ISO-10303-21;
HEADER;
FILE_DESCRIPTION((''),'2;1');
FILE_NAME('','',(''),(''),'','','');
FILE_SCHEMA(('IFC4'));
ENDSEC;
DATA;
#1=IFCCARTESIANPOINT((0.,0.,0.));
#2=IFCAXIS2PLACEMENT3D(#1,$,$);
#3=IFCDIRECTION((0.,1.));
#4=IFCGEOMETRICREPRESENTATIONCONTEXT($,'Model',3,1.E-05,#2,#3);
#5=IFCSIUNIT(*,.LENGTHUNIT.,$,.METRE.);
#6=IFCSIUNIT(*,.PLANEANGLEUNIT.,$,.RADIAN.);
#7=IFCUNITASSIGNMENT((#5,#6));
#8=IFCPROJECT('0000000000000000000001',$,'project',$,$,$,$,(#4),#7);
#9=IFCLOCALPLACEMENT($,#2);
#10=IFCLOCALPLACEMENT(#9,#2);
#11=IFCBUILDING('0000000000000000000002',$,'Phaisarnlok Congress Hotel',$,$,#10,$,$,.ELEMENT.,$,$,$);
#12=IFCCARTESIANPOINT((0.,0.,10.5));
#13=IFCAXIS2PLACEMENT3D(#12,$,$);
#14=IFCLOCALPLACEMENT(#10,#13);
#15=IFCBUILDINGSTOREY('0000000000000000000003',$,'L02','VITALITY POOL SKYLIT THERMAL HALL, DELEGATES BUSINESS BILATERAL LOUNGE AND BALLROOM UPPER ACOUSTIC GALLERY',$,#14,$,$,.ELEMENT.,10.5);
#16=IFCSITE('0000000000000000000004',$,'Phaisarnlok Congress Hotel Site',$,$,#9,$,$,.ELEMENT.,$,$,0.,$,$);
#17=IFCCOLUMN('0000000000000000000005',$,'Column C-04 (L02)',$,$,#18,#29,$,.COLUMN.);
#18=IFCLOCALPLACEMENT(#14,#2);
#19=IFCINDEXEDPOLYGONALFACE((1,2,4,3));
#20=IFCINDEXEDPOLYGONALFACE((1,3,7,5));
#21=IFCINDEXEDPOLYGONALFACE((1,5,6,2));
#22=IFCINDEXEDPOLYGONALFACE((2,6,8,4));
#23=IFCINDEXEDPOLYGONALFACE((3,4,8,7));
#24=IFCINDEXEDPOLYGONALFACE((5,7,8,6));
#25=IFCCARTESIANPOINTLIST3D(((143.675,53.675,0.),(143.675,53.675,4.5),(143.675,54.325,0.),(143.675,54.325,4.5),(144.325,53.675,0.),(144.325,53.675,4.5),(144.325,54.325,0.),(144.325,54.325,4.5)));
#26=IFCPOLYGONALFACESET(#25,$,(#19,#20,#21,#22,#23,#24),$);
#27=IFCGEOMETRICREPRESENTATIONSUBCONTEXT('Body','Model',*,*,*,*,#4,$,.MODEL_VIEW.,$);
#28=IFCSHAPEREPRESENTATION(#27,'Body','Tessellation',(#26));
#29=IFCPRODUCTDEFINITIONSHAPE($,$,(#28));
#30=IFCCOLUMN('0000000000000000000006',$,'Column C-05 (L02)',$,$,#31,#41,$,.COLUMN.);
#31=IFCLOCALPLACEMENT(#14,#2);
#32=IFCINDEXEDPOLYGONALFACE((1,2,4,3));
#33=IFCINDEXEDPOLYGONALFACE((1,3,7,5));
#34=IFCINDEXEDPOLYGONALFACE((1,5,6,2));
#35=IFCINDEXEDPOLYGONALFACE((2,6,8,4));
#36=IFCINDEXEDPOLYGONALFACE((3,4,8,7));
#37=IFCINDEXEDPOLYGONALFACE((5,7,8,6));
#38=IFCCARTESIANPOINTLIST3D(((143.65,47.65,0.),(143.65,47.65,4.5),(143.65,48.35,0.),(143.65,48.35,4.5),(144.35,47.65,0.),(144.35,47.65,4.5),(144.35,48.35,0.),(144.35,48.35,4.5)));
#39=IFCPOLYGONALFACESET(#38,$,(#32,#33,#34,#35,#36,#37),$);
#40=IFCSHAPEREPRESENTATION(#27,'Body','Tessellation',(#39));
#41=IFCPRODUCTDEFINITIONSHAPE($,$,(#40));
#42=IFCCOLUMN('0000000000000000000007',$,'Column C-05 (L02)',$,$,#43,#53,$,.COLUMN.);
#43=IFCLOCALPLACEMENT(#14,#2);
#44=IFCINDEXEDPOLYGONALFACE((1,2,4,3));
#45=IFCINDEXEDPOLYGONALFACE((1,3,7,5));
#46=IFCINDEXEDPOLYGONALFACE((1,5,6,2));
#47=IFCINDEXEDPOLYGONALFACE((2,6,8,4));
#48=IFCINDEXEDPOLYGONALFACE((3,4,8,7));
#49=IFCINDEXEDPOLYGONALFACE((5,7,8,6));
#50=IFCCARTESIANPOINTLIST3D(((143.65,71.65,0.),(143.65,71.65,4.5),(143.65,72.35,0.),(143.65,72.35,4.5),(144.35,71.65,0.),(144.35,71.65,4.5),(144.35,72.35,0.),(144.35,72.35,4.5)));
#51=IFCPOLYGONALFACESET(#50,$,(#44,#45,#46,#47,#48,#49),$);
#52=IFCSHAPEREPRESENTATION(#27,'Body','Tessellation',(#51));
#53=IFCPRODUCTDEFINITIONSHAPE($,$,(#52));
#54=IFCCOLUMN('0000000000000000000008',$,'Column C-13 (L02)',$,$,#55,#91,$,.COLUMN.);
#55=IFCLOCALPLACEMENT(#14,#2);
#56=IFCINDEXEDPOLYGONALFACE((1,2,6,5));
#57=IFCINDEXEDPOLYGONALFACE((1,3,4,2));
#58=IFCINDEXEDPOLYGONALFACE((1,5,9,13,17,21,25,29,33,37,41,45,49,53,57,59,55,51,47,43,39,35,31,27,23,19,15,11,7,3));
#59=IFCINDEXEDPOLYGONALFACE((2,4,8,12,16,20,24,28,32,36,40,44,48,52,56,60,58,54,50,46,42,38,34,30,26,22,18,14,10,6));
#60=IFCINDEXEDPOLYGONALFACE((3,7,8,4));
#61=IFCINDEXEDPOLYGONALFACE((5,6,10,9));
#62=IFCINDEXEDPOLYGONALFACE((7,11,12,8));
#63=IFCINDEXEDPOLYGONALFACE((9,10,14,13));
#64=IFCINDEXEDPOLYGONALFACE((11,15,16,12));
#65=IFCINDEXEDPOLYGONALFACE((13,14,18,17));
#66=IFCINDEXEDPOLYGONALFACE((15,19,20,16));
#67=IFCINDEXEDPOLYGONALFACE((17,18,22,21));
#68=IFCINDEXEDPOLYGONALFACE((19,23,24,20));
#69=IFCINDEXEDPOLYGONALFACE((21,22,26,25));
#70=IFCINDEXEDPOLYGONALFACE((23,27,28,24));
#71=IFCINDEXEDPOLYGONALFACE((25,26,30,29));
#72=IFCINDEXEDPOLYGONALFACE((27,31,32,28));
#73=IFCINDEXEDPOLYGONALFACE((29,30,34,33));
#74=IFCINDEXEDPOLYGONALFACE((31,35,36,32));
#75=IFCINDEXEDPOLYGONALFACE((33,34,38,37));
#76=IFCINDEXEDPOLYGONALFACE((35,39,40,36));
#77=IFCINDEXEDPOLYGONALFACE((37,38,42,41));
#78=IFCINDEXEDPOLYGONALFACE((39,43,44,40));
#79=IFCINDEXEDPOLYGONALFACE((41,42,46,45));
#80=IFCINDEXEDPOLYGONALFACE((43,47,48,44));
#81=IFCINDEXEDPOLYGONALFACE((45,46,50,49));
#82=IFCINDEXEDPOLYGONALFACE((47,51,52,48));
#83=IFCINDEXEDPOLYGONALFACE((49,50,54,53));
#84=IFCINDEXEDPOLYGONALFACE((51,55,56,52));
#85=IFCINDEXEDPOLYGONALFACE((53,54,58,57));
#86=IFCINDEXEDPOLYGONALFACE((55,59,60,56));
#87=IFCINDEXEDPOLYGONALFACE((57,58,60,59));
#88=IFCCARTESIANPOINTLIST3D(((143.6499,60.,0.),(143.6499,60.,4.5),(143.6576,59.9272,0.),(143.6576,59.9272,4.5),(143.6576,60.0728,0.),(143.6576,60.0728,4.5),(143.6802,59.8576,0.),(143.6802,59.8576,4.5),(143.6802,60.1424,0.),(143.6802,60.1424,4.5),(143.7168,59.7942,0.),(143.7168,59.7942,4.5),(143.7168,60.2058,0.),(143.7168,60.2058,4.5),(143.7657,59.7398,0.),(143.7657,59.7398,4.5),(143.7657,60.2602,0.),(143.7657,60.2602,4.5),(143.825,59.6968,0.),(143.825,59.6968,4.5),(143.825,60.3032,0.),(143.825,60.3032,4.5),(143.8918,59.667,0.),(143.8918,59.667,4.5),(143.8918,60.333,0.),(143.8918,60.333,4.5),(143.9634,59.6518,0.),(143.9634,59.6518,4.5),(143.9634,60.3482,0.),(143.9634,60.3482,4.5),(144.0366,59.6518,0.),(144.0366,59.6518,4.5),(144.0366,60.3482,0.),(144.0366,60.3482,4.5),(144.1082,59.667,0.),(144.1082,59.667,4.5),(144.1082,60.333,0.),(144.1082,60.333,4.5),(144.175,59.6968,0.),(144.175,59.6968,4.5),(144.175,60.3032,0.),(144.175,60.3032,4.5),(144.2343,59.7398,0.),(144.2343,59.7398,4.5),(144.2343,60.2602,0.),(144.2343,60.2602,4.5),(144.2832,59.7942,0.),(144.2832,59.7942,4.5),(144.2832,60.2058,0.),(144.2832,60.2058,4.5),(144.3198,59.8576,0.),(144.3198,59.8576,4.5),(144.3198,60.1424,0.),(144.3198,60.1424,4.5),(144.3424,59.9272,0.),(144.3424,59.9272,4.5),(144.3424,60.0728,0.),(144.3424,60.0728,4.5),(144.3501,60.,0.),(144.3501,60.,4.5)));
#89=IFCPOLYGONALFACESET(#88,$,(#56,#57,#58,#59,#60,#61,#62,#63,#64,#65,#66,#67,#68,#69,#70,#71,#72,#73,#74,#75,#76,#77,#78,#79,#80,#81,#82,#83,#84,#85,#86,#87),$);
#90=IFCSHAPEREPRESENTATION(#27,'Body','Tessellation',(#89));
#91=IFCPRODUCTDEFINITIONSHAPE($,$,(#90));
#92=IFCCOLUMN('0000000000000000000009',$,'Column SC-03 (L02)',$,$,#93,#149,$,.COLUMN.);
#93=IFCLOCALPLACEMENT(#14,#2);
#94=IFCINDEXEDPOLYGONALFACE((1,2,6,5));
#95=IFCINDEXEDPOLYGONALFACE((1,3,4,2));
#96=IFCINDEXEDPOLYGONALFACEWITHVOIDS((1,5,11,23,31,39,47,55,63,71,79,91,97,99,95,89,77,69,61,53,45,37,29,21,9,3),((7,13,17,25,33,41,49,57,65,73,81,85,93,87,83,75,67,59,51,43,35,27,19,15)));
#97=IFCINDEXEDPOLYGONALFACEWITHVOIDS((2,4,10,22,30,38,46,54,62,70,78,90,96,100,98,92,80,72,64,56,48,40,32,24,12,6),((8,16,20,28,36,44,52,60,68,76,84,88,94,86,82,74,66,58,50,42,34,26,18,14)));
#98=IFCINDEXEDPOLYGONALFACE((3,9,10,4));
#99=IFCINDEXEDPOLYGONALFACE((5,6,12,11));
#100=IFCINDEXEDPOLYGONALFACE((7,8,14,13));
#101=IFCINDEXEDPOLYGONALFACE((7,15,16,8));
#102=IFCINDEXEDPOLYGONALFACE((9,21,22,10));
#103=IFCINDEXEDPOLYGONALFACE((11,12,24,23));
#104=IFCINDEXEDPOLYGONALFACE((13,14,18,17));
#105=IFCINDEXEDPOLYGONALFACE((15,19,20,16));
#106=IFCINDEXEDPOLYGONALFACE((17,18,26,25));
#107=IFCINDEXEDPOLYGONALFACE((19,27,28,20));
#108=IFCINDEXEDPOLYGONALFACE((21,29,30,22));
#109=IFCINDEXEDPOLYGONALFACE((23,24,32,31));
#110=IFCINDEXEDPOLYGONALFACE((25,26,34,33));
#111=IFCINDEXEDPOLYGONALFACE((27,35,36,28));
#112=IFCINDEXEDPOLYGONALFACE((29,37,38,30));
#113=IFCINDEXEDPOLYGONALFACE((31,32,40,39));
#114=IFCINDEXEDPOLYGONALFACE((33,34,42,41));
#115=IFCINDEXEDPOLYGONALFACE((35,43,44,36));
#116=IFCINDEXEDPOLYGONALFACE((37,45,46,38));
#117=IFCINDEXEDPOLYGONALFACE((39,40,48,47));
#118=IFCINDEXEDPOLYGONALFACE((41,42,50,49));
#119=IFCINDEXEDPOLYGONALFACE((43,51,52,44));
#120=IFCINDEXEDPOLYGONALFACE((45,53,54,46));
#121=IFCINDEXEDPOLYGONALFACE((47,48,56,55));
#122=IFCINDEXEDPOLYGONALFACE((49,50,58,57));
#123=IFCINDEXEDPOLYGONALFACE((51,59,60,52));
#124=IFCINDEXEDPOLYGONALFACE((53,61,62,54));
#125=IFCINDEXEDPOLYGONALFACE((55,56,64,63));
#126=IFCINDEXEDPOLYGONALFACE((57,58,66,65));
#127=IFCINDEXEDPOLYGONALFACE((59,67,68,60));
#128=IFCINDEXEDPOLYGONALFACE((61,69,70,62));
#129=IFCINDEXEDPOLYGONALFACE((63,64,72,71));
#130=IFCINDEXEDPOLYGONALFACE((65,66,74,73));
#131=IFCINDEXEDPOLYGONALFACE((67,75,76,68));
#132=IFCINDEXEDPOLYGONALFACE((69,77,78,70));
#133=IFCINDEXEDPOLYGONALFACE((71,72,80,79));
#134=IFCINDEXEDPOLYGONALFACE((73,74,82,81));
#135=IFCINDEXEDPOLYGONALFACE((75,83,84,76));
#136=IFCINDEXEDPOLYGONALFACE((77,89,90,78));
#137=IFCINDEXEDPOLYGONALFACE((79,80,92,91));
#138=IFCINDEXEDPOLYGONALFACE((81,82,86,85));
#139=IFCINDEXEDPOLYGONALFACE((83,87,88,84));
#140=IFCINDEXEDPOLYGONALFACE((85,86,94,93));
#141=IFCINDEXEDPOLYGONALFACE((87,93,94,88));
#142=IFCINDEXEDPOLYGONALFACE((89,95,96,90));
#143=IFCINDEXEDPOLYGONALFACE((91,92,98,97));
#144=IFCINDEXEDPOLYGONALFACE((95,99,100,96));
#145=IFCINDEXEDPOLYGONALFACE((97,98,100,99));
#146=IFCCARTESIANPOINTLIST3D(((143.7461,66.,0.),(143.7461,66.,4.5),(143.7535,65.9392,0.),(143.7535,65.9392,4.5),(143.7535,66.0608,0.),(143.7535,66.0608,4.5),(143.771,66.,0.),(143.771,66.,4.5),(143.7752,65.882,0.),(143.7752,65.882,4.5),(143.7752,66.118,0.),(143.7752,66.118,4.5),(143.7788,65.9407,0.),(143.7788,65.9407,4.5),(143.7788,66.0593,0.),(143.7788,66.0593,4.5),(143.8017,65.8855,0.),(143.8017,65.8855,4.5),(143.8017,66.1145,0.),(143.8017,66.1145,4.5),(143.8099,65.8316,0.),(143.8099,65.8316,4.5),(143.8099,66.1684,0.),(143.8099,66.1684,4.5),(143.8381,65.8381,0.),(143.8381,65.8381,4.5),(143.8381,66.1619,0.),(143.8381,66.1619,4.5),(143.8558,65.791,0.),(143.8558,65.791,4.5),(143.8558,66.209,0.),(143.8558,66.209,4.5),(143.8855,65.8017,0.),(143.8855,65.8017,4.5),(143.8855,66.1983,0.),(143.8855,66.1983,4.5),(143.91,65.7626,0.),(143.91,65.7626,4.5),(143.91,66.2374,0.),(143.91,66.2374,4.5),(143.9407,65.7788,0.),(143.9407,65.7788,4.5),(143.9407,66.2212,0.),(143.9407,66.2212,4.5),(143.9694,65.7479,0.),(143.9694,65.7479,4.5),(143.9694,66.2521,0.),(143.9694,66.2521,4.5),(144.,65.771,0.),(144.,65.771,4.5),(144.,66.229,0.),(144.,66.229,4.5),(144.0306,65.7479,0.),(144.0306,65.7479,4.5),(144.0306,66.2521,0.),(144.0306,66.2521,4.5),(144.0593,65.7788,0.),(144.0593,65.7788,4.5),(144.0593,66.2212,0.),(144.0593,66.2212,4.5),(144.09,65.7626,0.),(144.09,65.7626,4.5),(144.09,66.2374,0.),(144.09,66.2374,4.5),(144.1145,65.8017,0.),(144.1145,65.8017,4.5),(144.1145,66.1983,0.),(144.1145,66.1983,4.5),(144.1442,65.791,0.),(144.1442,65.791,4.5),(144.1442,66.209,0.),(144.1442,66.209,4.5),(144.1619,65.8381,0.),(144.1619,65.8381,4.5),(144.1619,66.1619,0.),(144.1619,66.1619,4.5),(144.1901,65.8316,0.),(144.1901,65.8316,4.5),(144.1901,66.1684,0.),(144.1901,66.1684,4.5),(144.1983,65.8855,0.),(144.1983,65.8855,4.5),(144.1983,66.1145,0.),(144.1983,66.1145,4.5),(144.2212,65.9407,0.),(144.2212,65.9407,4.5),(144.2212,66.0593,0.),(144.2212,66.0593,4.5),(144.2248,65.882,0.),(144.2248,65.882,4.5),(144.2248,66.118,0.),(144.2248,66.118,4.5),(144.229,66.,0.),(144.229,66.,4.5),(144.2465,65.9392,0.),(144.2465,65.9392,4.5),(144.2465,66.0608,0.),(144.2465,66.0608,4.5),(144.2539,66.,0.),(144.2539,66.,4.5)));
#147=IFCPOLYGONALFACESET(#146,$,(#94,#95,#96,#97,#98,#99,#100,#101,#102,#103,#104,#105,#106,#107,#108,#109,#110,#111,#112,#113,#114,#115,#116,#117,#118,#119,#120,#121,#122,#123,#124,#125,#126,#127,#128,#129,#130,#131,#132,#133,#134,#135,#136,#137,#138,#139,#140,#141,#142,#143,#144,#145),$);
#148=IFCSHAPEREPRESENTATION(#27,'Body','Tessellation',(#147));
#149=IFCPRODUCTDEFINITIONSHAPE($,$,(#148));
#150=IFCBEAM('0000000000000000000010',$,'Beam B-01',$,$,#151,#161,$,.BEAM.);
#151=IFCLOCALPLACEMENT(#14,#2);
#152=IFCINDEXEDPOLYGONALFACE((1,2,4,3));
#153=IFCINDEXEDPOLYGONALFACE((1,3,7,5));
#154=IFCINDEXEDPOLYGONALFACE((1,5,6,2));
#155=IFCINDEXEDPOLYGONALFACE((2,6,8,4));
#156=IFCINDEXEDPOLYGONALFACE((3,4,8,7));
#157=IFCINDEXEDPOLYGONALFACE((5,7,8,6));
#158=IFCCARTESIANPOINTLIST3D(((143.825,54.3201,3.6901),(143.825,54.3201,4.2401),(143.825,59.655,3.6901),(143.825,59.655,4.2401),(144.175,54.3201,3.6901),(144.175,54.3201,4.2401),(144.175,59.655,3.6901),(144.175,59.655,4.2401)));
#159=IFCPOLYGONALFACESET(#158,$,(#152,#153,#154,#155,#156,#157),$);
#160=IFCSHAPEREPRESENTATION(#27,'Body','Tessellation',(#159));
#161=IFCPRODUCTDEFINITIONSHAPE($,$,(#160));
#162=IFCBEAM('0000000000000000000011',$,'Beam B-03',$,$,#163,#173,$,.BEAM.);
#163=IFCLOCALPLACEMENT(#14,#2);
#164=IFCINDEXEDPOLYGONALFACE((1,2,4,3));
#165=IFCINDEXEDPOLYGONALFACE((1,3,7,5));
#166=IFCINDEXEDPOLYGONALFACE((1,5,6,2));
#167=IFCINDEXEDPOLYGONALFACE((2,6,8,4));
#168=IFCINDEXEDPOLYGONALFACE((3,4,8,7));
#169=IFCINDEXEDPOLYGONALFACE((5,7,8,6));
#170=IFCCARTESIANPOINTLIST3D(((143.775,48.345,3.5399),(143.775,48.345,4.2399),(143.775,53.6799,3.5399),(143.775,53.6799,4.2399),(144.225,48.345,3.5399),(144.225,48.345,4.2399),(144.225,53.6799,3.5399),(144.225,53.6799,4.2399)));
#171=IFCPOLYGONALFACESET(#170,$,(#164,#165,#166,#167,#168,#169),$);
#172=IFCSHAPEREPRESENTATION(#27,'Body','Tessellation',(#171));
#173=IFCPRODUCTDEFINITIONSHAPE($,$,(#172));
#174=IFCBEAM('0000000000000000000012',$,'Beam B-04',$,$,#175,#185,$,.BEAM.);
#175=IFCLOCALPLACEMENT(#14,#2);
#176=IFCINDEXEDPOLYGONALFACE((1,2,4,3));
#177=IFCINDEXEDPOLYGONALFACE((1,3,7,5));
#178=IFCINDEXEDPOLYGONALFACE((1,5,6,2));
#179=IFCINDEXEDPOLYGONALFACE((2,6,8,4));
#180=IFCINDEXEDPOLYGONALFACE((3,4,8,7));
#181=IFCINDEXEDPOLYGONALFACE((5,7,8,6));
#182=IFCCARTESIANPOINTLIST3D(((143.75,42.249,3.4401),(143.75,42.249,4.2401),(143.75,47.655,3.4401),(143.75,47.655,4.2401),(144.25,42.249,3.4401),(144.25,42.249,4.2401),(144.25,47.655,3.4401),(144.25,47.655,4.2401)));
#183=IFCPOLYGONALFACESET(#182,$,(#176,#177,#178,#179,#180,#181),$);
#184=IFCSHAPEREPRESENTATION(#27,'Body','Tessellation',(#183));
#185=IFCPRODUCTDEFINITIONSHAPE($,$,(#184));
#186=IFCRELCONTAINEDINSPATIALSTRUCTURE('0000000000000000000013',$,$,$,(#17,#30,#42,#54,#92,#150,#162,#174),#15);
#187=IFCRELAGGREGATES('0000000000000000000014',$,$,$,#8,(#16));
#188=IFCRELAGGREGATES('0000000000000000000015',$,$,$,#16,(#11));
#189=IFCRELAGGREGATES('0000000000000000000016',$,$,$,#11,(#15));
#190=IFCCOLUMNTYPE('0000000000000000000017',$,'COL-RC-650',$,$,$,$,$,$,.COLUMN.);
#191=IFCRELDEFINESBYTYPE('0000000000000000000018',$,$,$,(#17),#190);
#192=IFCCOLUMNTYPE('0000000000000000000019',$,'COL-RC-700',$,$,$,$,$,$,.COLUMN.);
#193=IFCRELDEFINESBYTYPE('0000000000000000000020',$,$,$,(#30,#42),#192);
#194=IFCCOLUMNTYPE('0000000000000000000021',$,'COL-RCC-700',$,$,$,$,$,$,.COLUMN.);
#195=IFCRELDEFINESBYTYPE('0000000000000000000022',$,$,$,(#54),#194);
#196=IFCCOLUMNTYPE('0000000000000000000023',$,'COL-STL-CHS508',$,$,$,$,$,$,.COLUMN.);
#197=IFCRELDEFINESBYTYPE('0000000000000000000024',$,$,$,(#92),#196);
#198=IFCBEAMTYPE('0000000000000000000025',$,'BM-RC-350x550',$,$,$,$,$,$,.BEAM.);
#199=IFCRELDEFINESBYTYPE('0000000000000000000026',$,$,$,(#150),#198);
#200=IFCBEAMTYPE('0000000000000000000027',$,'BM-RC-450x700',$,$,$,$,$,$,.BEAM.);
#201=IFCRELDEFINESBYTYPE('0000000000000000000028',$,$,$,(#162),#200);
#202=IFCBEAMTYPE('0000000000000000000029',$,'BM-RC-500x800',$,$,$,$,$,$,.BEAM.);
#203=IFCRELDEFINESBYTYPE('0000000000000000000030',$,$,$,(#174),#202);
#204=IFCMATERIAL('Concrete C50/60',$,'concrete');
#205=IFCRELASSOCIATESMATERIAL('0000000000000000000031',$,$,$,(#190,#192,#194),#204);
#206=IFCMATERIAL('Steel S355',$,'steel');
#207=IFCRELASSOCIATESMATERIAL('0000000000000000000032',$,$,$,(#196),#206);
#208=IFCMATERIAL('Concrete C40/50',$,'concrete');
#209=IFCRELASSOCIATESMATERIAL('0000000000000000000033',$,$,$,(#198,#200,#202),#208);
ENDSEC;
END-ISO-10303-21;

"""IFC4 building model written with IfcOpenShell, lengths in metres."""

from ifc_helpers import new_model, si_unit, direction, frame, origin, origin_2d, place, context, subcontext, project, spatial, rectangle, circle, hollow_circle, extrude, material, material_profile, profile_set, type_object, element, save


model = new_model("IFC4")

# Units and contexts
model_context = context("Model", 3, precision=1e-05, world=origin(), true_north=direction((0.0, 1.0)))
body_context = subcontext(model_context, "Body", "Model", "MODEL_VIEW")
ifc_project = project(units=[si_unit("LENGTHUNIT", "METRE"), si_unit("PLANEANGLEUNIT", "RADIAN")], contexts=[model_context])

# Site, building, storey
site_placement = place(None, origin())
site = spatial("IfcSite", under=ifc_project, at=site_placement, Name="Phaisarnlok Congress Hotel Site", CompositionType="ELEMENT", RefElevation=0.0)
building_placement = place(site_placement, origin())
building = spatial("IfcBuilding", under=site, at=building_placement, Name="Phaisarnlok Congress Hotel", CompositionType="ELEMENT")
storey_placement = place(building_placement, frame((0.0, 0.0, 10.5)))
storey = spatial("IfcBuildingStorey", under=building, at=storey_placement, Name="L02", Description="VITALITY POOL SKYLIT THERMAL HALL, DELEGATES BUSINESS BILATERAL LOUNGE AND BALLROOM UPPER ACOUSTIC GALLERY", CompositionType="ELEMENT", Elevation=10.5)

# Columns
ifc_material_1 = material(Name="Concrete C50/60", Category="concrete")
ifc_material_profile_1 = material_profile(ifc_material_1, rectangle(XDim=0.6499, YDim=0.6499, at=origin_2d()), Name="RC 650x650")
ifc_profile_set_1 = profile_set([ifc_material_profile_1], Name="Concrete C50/60")
column_type_1 = type_object("IfcColumnType", Name="COL-RC-650", PredefinedType="COLUMN", material=ifc_profile_set_1)
column_1_placement = place(storey_placement, frame((144.0, 54.0, 0.0), z_axis=(0.0, 0.0, 1.0), x_axis=(1.0, 0.0, 0.0)))
element("IfcColumn", 1, at=column_1_placement, inside=storey, type_object=column_type_1, Name="Column C-04 (L02)", PredefinedType="COLUMN", context=body_context, shape_type="SweptSolid", body=[
    extrude(rectangle(XDim=0.6499, YDim=0.6499, at=origin_2d()), origin(), (0.0, 0.0, 1.0), 4.5),
])
ifc_material_profile_2 = material_profile(ifc_material_1, rectangle(XDim=0.7, YDim=0.7, at=origin_2d()), Name="RC 700x700")
ifc_profile_set_2 = profile_set([ifc_material_profile_2], Name="Concrete C50/60")
column_type_2 = type_object("IfcColumnType", Name="COL-RC-700", PredefinedType="COLUMN", material=ifc_profile_set_2)
for number, where, z_axis, x_axis, name in (
    (2, (144.0, 48.0, 0.0), (0.0, 0.0, 1.0), (1.0, 0.0, 0.0), "Column C-05 (L02)"),
    (3, (144.0, 72.0, 0.0), (0.0, 0.0, 1.0), (1.0, 0.0, 0.0), "Column C-05 (L02)"),
):
    element("IfcColumn", number, at=place(storey_placement, frame(where, z_axis=z_axis, x_axis=x_axis)), inside=storey, type_object=column_type_2, Name=name, PredefinedType="COLUMN", context=body_context, shape_type="SweptSolid", body=[
        extrude(rectangle(XDim=0.7, YDim=0.7, at=origin_2d()), origin(), (0.0, 0.0, 1.0), 4.5),
    ])
ifc_material_profile_3 = material_profile(ifc_material_1, circle(Radius=0.3501, at=origin_2d()), Name="RCC D700")
ifc_profile_set_3 = profile_set([ifc_material_profile_3], Name="Concrete C50/60")
column_type_3 = type_object("IfcColumnType", Name="COL-RCC-700", PredefinedType="COLUMN", material=ifc_profile_set_3)
column_2_placement = place(storey_placement, frame((144.0, 60.0, 0.0), z_axis=(0.0, 0.0, 1.0), x_axis=(1.0, 0.0, 0.0)))
element("IfcColumn", 4, at=column_2_placement, inside=storey, type_object=column_type_3, Name="Column C-13 (L02)", PredefinedType="COLUMN", context=body_context, shape_type="SweptSolid", body=[
    extrude(circle(Radius=0.3501, at=origin_2d()), origin(), (0.0, 0.0, 1.0), 4.5),
])
ifc_material_2 = material(Name="Steel S355", Category="steel")
ifc_material_profile_4 = material_profile(ifc_material_2, hollow_circle(Radius=0.2539, WallThickness=0.0249, at=origin_2d()), Name="CHS 508x25")
ifc_profile_set_4 = profile_set([ifc_material_profile_4], Name="Steel S355")
column_type_4 = type_object("IfcColumnType", Name="COL-STL-CHS508", PredefinedType="COLUMN", material=ifc_profile_set_4)
column_3_placement = place(storey_placement, frame((144.0, 66.0, 0.0), z_axis=(0.0, 0.0, 1.0), x_axis=(1.0, 0.0, 0.0)))
element("IfcColumn", 5, at=column_3_placement, inside=storey, type_object=column_type_4, Name="Column SC-03 (L02)", PredefinedType="COLUMN", context=body_context, shape_type="SweptSolid", body=[
    extrude(hollow_circle(Radius=0.2539, WallThickness=0.0249, at=origin_2d()), origin(), (0.0, 0.0, 1.0), 4.5),
])

# Beams
ifc_material_3 = material(Name="Concrete C40/50", Category="concrete")
ifc_material_profile_5 = material_profile(ifc_material_3, rectangle(XDim=0.3501, YDim=0.55, at=origin_2d()), Name="RC 350x550")
ifc_profile_set_5 = profile_set([ifc_material_profile_5], Name="Concrete C40/50")
beam_type_1 = type_object("IfcBeamType", Name="BM-RC-350x550", PredefinedType="BEAM", material=ifc_profile_set_5)
beam_1_placement = place(storey_placement, frame((144.0, 54.3201, 3.9651), z_axis=(0.0, 1.0, 0.0), x_axis=(-1.0, 0.0, 0.0)))
element("IfcBeam", 6, at=beam_1_placement, inside=storey, type_object=beam_type_1, Name="Beam B-01", PredefinedType="BEAM", context=body_context, shape_type="SweptSolid", body=[
    extrude(rectangle(XDim=0.3501, YDim=0.55, at=origin_2d()), origin(), (0.0, 0.0, 1.0), 5.335),
])
ifc_material_profile_6 = material_profile(ifc_material_3, rectangle(XDim=0.45, YDim=0.7, at=origin_2d()), Name="RC 450x700")
ifc_profile_set_6 = profile_set([ifc_material_profile_6], Name="Concrete C40/50")
beam_type_2 = type_object("IfcBeamType", Name="BM-RC-450x700", PredefinedType="BEAM", material=ifc_profile_set_6)
beam_2_placement = place(storey_placement, frame((144.0, 48.345, 3.8899), z_axis=(0.0, 1.0, 0.0), x_axis=(-1.0, 0.0, 0.0)))
element("IfcBeam", 7, at=beam_2_placement, inside=storey, type_object=beam_type_2, Name="Beam B-03", PredefinedType="BEAM", context=body_context, shape_type="SweptSolid", body=[
    extrude(rectangle(XDim=0.45, YDim=0.7, at=origin_2d()), origin(), (0.0, 0.0, 1.0), 5.335),
])
ifc_material_profile_7 = material_profile(ifc_material_3, rectangle(XDim=0.5, YDim=0.8, at=origin_2d()), Name="RC 500x800")
ifc_profile_set_7 = profile_set([ifc_material_profile_7], Name="Concrete C40/50")
beam_type_3 = type_object("IfcBeamType", Name="BM-RC-500x800", PredefinedType="BEAM", material=ifc_profile_set_7)
beam_3_placement = place(storey_placement, frame((144.0, 42.249, 3.8401), z_axis=(0.0, 1.0, 0.0), x_axis=(-1.0, 0.0, 0.0)))
element("IfcBeam", 8, at=beam_3_placement, inside=storey, type_object=beam_type_3, Name="Beam B-04", PredefinedType="BEAM", context=body_context, shape_type="SweptSolid", body=[
    extrude(rectangle(XDim=0.5, YDim=0.8, at=origin_2d()), origin(), (0.0, 0.0, 1.0), 5.406),
])

save(model, "model.ifc")
